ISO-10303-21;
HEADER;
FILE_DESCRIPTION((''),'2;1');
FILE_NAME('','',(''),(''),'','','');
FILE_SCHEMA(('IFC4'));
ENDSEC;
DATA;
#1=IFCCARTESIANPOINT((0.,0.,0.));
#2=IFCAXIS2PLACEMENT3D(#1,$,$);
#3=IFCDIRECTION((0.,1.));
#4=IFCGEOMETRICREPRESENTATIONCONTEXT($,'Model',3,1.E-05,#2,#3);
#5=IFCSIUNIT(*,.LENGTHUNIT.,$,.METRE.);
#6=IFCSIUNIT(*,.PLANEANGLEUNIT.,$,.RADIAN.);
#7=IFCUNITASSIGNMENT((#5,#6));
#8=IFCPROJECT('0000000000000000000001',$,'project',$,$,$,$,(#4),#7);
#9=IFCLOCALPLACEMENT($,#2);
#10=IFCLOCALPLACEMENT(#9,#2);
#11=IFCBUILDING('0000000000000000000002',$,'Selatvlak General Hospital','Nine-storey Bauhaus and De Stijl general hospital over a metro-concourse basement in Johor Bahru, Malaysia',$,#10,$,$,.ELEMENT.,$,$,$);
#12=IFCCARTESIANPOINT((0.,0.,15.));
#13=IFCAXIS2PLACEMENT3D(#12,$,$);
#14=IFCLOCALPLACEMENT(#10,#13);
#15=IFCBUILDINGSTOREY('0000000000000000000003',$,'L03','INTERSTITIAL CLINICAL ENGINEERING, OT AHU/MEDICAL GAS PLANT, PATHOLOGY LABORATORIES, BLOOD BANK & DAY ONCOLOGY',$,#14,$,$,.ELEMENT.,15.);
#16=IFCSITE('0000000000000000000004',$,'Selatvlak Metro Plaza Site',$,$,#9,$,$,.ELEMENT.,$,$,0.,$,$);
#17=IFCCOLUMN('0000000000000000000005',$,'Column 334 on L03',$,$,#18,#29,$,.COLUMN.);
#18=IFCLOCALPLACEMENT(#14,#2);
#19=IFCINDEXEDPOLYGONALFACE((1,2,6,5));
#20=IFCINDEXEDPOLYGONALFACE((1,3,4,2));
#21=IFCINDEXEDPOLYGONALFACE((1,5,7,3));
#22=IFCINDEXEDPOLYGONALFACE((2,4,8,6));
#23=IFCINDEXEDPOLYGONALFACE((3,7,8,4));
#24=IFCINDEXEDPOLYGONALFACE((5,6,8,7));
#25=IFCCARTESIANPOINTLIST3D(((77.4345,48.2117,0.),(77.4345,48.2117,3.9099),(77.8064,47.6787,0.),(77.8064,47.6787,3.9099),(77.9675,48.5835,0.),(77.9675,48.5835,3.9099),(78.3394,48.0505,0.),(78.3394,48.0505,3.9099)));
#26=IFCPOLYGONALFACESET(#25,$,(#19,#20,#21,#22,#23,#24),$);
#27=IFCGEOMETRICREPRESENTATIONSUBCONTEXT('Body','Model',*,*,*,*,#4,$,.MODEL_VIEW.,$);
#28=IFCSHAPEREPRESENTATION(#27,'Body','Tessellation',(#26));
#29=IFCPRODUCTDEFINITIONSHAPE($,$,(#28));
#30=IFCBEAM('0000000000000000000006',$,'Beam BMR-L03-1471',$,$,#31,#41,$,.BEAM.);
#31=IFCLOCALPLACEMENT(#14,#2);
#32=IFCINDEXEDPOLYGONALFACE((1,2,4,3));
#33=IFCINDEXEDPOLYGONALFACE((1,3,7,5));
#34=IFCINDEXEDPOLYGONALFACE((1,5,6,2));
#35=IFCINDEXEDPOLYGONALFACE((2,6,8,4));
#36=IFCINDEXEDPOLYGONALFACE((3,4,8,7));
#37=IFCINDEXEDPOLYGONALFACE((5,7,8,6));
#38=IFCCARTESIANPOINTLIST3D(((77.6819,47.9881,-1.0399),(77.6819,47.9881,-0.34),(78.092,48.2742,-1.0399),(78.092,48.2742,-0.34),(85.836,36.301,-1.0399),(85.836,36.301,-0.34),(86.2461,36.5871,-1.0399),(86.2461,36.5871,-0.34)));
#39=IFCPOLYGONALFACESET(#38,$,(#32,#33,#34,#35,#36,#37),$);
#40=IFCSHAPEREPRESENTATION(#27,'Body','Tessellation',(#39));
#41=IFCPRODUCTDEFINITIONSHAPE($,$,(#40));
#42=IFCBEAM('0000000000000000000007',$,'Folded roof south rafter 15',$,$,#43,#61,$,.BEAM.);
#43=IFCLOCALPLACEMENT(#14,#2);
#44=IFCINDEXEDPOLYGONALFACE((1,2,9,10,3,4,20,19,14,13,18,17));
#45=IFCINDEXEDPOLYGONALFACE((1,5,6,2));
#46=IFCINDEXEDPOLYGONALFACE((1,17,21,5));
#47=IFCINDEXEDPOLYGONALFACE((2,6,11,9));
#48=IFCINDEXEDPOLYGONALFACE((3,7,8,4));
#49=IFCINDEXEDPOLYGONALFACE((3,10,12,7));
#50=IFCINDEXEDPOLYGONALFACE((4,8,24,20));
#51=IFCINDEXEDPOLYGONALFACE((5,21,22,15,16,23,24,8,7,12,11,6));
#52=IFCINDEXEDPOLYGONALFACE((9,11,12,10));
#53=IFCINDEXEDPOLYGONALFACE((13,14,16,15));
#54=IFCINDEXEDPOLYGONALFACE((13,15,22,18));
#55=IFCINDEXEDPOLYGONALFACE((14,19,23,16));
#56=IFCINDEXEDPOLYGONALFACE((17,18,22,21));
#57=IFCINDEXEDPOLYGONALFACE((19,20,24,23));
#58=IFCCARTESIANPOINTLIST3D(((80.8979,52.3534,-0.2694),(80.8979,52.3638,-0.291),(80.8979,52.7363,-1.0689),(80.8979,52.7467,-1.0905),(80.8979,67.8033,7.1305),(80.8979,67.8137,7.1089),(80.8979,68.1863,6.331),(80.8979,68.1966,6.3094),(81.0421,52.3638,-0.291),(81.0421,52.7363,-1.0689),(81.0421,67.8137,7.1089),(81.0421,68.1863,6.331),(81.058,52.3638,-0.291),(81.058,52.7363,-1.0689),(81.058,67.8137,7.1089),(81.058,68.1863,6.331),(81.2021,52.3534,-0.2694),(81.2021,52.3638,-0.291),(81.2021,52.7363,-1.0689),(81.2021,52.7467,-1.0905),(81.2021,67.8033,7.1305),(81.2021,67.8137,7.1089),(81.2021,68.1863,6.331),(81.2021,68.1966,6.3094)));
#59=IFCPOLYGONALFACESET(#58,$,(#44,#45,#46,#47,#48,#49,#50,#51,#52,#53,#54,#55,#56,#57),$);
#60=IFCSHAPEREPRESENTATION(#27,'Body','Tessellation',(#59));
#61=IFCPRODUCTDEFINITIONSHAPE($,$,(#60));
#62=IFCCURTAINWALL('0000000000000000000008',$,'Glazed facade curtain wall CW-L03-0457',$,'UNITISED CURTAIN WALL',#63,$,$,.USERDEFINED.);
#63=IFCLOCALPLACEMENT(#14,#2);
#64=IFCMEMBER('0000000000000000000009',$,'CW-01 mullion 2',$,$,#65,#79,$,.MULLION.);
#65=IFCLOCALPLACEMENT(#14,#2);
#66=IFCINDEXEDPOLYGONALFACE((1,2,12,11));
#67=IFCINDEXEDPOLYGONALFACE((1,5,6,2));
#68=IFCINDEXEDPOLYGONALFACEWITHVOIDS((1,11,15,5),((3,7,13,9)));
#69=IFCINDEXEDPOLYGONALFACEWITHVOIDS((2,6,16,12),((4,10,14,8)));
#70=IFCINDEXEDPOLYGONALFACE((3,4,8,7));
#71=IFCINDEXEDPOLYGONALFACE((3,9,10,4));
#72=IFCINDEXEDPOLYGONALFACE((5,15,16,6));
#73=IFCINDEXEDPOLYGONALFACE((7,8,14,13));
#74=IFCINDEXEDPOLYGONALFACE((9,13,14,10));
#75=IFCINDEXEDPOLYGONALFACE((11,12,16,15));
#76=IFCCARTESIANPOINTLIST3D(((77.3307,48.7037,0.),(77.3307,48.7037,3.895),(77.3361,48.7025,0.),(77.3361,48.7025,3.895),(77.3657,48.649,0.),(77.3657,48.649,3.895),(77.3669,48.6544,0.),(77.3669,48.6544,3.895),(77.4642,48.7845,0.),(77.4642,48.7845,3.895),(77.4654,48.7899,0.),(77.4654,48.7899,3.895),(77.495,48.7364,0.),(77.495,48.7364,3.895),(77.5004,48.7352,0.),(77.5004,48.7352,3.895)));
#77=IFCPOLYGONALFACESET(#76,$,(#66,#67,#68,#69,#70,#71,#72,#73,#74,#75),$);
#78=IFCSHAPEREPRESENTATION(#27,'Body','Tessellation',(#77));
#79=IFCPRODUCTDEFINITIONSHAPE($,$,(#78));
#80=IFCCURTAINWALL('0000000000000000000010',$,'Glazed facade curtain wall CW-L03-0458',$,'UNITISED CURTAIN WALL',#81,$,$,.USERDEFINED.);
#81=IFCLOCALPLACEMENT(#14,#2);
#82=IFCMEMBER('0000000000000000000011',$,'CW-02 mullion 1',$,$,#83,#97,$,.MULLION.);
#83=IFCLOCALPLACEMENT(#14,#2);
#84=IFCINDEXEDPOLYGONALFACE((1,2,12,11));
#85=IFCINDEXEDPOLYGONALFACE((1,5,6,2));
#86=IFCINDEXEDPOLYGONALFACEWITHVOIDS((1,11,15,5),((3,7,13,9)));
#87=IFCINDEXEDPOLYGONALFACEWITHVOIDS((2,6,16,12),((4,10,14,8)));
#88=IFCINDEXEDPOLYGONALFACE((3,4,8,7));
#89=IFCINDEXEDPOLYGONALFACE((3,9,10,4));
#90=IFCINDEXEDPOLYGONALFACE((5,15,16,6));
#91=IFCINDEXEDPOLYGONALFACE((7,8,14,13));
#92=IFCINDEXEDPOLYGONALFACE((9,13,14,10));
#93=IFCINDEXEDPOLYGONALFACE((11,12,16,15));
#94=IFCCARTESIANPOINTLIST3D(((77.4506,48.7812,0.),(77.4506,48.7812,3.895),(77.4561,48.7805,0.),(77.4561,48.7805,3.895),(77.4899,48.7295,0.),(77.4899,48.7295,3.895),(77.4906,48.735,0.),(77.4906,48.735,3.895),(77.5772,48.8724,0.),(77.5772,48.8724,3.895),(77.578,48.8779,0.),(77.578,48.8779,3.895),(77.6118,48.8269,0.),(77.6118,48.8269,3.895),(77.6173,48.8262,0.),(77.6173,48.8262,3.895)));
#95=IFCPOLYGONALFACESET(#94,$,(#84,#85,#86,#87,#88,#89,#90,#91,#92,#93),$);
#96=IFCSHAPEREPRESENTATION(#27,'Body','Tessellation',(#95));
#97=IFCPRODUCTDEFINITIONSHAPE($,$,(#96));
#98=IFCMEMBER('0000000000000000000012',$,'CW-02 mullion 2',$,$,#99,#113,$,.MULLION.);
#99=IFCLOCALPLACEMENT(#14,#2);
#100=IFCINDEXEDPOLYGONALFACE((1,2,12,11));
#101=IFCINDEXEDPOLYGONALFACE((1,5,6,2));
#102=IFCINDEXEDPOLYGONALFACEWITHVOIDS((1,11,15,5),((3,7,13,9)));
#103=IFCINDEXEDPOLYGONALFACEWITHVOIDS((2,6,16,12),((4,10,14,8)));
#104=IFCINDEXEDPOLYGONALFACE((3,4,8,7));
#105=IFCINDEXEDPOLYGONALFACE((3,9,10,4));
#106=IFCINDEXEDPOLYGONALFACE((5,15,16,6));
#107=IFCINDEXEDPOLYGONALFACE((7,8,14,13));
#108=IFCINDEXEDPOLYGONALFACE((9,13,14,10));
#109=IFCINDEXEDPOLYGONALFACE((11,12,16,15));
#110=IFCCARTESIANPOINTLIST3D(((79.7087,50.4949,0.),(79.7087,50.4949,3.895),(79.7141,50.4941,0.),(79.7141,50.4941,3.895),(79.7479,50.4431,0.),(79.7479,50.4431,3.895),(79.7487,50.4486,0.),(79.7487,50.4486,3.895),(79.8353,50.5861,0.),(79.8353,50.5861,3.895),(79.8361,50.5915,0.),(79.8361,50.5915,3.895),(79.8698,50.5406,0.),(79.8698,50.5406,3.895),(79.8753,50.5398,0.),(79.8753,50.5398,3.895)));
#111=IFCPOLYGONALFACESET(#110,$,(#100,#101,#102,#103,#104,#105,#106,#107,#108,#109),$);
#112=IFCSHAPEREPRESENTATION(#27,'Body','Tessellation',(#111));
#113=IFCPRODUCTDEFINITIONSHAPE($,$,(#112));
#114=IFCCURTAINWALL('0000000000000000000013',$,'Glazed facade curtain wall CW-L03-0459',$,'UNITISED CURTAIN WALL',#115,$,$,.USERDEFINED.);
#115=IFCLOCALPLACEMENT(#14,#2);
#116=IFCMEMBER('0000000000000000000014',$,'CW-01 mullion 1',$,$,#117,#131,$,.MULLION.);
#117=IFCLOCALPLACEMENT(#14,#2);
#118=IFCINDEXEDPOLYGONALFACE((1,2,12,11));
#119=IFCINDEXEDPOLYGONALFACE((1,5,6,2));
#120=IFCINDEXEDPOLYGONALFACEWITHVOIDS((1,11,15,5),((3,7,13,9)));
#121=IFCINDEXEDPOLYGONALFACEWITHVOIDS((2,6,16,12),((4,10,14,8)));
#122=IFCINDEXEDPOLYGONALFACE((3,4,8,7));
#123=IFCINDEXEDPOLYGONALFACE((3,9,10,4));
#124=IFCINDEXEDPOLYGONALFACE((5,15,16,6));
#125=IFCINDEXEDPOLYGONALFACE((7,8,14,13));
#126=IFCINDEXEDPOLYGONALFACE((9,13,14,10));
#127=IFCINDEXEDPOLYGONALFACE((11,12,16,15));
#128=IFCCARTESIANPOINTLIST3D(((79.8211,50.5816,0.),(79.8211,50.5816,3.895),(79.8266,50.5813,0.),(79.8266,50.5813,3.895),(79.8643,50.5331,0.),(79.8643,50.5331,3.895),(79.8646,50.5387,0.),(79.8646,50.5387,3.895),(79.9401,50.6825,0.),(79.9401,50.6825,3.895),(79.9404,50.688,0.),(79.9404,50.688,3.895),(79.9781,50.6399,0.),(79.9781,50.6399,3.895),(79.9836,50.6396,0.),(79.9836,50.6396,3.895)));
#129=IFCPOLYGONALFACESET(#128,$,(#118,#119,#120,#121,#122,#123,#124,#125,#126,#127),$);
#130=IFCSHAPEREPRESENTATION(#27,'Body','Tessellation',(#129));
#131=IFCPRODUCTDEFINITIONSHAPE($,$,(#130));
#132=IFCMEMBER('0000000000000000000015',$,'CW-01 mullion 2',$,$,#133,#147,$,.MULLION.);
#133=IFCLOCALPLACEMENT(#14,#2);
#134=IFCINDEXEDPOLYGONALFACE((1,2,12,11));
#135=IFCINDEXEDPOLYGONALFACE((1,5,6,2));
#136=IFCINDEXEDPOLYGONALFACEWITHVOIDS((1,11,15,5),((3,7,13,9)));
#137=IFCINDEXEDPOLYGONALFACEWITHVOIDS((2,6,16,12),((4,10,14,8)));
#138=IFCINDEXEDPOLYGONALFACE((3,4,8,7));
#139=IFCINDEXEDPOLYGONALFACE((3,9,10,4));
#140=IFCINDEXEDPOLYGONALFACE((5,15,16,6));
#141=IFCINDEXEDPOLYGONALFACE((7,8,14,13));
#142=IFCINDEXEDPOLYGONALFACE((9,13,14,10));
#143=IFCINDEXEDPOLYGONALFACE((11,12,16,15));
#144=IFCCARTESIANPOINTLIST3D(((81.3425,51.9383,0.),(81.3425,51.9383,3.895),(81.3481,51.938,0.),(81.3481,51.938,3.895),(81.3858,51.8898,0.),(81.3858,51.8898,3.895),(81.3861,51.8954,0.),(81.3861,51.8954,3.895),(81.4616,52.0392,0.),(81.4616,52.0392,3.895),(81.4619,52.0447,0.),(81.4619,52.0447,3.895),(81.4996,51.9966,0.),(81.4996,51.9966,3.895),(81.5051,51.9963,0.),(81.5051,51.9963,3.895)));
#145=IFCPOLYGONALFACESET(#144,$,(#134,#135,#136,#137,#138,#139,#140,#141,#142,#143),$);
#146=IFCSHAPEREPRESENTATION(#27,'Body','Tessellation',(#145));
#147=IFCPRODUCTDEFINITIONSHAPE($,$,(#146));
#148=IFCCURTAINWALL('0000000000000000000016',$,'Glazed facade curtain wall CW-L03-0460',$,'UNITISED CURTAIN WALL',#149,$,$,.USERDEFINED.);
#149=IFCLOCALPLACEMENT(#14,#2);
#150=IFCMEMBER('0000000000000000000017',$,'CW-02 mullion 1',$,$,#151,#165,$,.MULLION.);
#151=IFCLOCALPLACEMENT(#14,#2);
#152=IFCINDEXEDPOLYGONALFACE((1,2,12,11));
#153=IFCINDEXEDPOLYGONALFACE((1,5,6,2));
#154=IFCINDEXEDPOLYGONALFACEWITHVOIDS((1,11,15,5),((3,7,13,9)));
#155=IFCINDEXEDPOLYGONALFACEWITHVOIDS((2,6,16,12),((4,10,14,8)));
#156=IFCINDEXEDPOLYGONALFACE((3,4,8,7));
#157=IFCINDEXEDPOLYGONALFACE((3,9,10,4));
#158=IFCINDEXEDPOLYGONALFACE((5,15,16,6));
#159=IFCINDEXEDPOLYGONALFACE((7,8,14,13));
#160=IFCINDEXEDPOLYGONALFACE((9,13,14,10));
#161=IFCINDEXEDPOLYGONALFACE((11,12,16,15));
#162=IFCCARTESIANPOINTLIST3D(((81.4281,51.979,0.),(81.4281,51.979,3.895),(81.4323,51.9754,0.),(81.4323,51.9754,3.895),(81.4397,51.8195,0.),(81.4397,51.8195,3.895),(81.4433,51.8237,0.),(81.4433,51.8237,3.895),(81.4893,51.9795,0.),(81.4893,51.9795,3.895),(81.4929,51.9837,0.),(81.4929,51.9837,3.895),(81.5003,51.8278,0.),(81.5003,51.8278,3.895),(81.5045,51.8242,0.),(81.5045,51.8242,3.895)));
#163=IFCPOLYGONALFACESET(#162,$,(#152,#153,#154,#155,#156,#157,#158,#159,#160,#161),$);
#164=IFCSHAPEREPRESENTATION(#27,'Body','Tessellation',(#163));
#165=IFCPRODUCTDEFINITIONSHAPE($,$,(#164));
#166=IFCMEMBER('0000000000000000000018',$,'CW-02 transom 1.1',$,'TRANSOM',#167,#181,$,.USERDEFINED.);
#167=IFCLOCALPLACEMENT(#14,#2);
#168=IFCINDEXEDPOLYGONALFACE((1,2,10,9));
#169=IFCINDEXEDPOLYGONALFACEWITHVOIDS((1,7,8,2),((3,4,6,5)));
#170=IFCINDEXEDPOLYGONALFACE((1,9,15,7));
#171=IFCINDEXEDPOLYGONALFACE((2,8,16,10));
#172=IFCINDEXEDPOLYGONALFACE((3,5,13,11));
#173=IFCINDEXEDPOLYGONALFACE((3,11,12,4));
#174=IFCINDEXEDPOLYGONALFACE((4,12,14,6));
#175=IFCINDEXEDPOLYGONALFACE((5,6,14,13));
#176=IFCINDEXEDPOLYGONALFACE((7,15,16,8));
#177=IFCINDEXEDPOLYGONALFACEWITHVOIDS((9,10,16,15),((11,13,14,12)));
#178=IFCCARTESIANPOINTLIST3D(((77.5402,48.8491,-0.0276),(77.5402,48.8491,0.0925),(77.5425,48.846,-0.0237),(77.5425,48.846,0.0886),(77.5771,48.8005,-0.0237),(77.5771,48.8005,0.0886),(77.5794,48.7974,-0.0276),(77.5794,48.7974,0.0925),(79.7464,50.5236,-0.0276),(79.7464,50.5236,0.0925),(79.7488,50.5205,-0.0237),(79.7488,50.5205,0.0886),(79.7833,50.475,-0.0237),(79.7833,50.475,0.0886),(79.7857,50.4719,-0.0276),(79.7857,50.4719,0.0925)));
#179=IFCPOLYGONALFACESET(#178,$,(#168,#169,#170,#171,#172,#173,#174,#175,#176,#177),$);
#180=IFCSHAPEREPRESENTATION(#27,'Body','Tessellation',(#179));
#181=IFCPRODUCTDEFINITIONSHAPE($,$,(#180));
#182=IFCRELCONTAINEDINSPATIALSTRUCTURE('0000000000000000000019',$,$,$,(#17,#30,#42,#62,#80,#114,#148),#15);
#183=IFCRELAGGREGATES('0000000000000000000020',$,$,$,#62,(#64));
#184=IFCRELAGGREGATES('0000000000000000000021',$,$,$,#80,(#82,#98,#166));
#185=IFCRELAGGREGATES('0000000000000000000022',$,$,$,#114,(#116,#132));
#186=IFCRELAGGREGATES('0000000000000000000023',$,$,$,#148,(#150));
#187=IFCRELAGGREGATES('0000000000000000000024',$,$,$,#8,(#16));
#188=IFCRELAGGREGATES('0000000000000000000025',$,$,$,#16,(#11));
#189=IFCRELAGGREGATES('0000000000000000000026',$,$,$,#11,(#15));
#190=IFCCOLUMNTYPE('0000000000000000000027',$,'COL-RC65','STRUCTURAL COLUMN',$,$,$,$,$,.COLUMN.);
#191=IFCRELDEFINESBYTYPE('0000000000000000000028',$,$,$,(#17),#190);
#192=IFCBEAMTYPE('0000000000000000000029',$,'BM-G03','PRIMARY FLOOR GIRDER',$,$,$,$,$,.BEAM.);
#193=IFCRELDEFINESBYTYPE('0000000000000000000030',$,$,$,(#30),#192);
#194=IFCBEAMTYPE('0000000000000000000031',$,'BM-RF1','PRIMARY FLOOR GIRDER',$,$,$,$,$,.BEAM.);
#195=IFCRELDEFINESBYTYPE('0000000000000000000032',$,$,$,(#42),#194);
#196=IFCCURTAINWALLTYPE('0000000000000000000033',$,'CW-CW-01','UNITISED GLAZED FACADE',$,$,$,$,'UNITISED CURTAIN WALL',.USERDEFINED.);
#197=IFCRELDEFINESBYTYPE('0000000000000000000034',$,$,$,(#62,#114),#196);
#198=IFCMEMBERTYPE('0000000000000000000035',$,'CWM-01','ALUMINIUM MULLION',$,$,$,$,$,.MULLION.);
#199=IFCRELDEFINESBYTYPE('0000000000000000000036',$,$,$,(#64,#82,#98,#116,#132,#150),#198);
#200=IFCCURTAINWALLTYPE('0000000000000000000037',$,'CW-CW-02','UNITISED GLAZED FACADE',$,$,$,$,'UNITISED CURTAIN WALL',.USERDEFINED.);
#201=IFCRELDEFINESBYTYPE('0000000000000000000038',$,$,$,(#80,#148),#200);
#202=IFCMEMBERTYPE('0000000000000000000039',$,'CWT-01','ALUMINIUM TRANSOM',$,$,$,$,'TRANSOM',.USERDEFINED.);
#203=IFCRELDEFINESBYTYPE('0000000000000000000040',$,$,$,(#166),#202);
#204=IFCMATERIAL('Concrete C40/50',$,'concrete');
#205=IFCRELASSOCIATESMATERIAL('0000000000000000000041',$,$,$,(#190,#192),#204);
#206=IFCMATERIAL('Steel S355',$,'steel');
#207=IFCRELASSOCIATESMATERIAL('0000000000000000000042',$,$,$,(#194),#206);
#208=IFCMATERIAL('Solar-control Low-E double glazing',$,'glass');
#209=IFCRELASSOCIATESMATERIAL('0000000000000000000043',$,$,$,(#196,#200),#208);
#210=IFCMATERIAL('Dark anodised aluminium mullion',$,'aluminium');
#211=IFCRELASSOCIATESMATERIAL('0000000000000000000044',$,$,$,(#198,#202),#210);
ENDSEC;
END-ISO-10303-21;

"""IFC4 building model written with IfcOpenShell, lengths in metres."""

from ifc_helpers import new_model, si_unit, direction, frame, origin, origin_2d, place, context, subcontext, project, spatial, rectangle, hollow_rectangle, i_section, extrude, material, material_profile, profile_set, type_object, element, aggregate, save


model = new_model("IFC4")

# Units and contexts
model_context = context("Model", 3, precision=1e-05, world=origin(), true_north=direction((0.0, 1.0)))
body_context = subcontext(model_context, "Body", "Model", "MODEL_VIEW")
ifc_project = project(units=[si_unit("LENGTHUNIT", "METRE"), si_unit("PLANEANGLEUNIT", "RADIAN")], contexts=[model_context])

# Site, building, storey
site_placement = place(None, origin())
site = spatial("IfcSite", under=ifc_project, at=site_placement, Name="Selatvlak Metro Plaza Site", CompositionType="ELEMENT", RefElevation=0.0)
building_placement = place(site_placement, origin())
building = spatial("IfcBuilding", under=site, at=building_placement, Name="Selatvlak General Hospital", Description="Nine-storey Bauhaus and De Stijl general hospital over a metro-concourse basement in Johor Bahru, Malaysia", CompositionType="ELEMENT")
storey_placement = place(building_placement, frame((0.0, 0.0, 15.0)))
storey = spatial("IfcBuildingStorey", under=building, at=storey_placement, Name="L03", Description="INTERSTITIAL CLINICAL ENGINEERING, OT AHU/MEDICAL GAS PLANT, PATHOLOGY LABORATORIES, BLOOD BANK & DAY ONCOLOGY", CompositionType="ELEMENT", Elevation=15.0)

# Column
ifc_material_1 = material(Name="Concrete C40/50", Category="concrete")
ifc_material_profile_1 = material_profile(ifc_material_1, rectangle(XDim=0.6499, YDim=0.6499, at=origin_2d()), Name="RC-COL 650x650")
ifc_profile_set_1 = profile_set([ifc_material_profile_1], Name="Concrete C40/50")
column_type = type_object("IfcColumnType", Name="COL-RC65", Description="STRUCTURAL COLUMN", PredefinedType="COLUMN", material=ifc_profile_set_1)
column_placement = place(storey_placement, frame((77.887, 48.1311, 0.0), z_axis=(0.0, 0.0, 1.0), x_axis=(-0.572189, 0.820122, 0.0)))
element("IfcColumn", 1, at=column_placement, inside=storey, type_object=column_type, Name="Column 334 on L03", PredefinedType="COLUMN", context=body_context, shape_type="SweptSolid", body=[
    extrude(rectangle(XDim=0.6499, YDim=0.6499, at=origin_2d()), origin(), (0.0, 0.0, 1.0), 3.9099),
])

# Beams
ifc_material_profile_2 = material_profile(ifc_material_1, rectangle(XDim=0.5, YDim=0.7, at=origin_2d()), Name="RC-BM 500x700")
ifc_profile_set_2 = profile_set([ifc_material_profile_2], Name="Concrete C40/50")
beam_type_1 = type_object("IfcBeamType", Name="BM-G03", Description="PRIMARY FLOOR GIRDER", PredefinedType="BEAM", material=ifc_profile_set_2)
beam_1_placement = place(storey_placement, frame((77.887, 48.1311, -0.6899), z_axis=(0.572197, -0.820116, 0.0), x_axis=(0.820116, 0.572197, 0.0)))
element("IfcBeam", 2, at=beam_1_placement, inside=storey, type_object=beam_type_1, Name="Beam BMR-L03-1471", PredefinedType="BEAM", context=body_context, shape_type="SweptSolid", body=[
    extrude(rectangle(XDim=0.5, YDim=0.7, at=origin_2d()), origin(), (0.0, 0.0, 1.0), 14.2505),
])
ifc_material_2 = material(Name="Steel S355", Category="steel")
ifc_material_profile_3 = material_profile(ifc_material_2, i_section(OverallWidth=0.3042, OverallDepth=0.9104, WebThickness=0.0159, FlangeThickness=0.0239, at=origin_2d()), Name="UB 914x305x224")
ifc_profile_set_3 = profile_set([ifc_material_profile_3], Name="Steel S355")
beam_type_2 = type_object("IfcBeamType", Name="BM-RF1", Description="PRIMARY FLOOR GIRDER", PredefinedType="BEAM", material=ifc_profile_set_3)
beam_2_placement = place(storey_placement, frame((81.05, 52.55, -0.6799), z_axis=(0.0, 0.901889, 0.431968), x_axis=(-1.0, 0.0, 0.0)))
element("IfcBeam", 3, at=beam_2_placement, inside=storey, type_object=beam_type_2, Name="Folded roof south rafter 15", PredefinedType="BEAM", context=body_context, shape_type="SweptSolid", body=[
    extrude(i_section(OverallWidth=0.3042, OverallDepth=0.9104, WebThickness=0.0159, FlangeThickness=0.0239, at=origin_2d()), origin(), (0.0, 0.0, 1.0), 17.1306),
])

# Curtain wall, member
ifc_material_3 = material(Name="Solar-control Low-E double glazing", Category="glass")
curtain_wall_type_1 = type_object("IfcCurtainWallType", Name="CW-CW-01", Description="UNITISED GLAZED FACADE", ElementType="UNITISED CURTAIN WALL", PredefinedType="USERDEFINED", material=ifc_material_3)
curtain_wall_1_placement = place(storey_placement, origin())
curtain_wall_1 = element("IfcCurtainWall", 4, at=curtain_wall_1_placement, inside=storey, type_object=curtain_wall_type_1, Name="Glazed facade curtain wall CW-L03-0457", ObjectType="UNITISED CURTAIN WALL", PredefinedType="USERDEFINED")
ifc_material_4 = material(Name="Dark anodised aluminium mullion", Category="aluminium")
ifc_material_profile_4 = material_profile(ifc_material_4, hollow_rectangle(XDim=0.0649, YDim=0.1599, WallThickness=0.0039, at=origin_2d()), Name="AL-MUL 65x160x4")
ifc_profile_set_4 = profile_set([ifc_material_profile_4], Name="Dark anodised aluminium mullion")
member_type_1 = type_object("IfcMemberType", Name="CWM-01", Description="ALUMINIUM MULLION", PredefinedType="MULLION", material=ifc_profile_set_4)
member_1_placement = place(storey_placement, frame((77.4155, 48.7195, 0.0), z_axis=(0.0, 0.0, 1.0), x_axis=(-0.539171, 0.842196, 0.0)))
member_1 = element("IfcMember", 5, at=member_1_placement, type_object=member_type_1, Name="CW-01 mullion 2", PredefinedType="MULLION", context=body_context, shape_type="SweptSolid", body=[
    extrude(hollow_rectangle(XDim=0.0649, YDim=0.1599, WallThickness=0.0039, at=origin_2d()), origin(), (0.0, 0.0, 1.0), 3.895),
])
aggregate(curtain_wall_1, [member_1])

# Curtain walls, members
curtain_wall_type_2 = type_object("IfcCurtainWallType", Name="CW-CW-02", Description="UNITISED GLAZED FACADE", ElementType="UNITISED CURTAIN WALL", PredefinedType="USERDEFINED", material=ifc_material_3)
curtain_wall_2_placement = place(storey_placement, origin())
curtain_wall_2 = element("IfcCurtainWall", 6, at=curtain_wall_2_placement, inside=storey, type_object=curtain_wall_type_2, Name="Glazed facade curtain wall CW-L03-0458", ObjectType="UNITISED CURTAIN WALL", PredefinedType="USERDEFINED")
member_2_placement = place(storey_placement, frame((77.5339, 48.8037, 0.0), z_axis=(0.0, 0.0, 1.0), x_axis=(-0.604515, 0.796594, 0.0)))
member_2 = element("IfcMember", 7, at=member_2_placement, type_object=member_type_1, Name="CW-02 mullion 1", PredefinedType="MULLION", context=body_context, shape_type="SweptSolid", body=[
    extrude(hollow_rectangle(XDim=0.0649, YDim=0.1599, WallThickness=0.0039, at=origin_2d()), origin(), (0.0, 0.0, 1.0), 3.895),
])
member_3_placement = place(storey_placement, frame((79.792, 50.5173, 0.0), z_axis=(0.0, 0.0, 1.0), x_axis=(-0.604515, 0.796594, 0.0)))
member_3 = element("IfcMember", 8, at=member_3_placement, type_object=member_type_1, Name="CW-02 mullion 2", PredefinedType="MULLION", context=body_context, shape_type="SweptSolid", body=[
    extrude(hollow_rectangle(XDim=0.0649, YDim=0.1599, WallThickness=0.0039, at=origin_2d()), origin(), (0.0, 0.0, 1.0), 3.895),
])
curtain_wall_3_placement = place(storey_placement, origin())
curtain_wall_3 = element("IfcCurtainWall", 9, at=curtain_wall_3_placement, inside=storey, type_object=curtain_wall_type_1, Name="Glazed facade curtain wall CW-L03-0459", ObjectType="UNITISED CURTAIN WALL", PredefinedType="USERDEFINED")
member_4_placement = place(storey_placement, frame((79.9023, 50.6106, 0.0), z_axis=(0.0, 0.0, 1.0), x_axis=(-0.665543, 0.746359, 0.0)))
member_4 = element("IfcMember", 10, at=member_4_placement, type_object=member_type_1, Name="CW-01 mullion 1", PredefinedType="MULLION", context=body_context, shape_type="SweptSolid", body=[
    extrude(hollow_rectangle(XDim=0.0649, YDim=0.1599, WallThickness=0.0039, at=origin_2d()), origin(), (0.0, 0.0, 1.0), 3.895),
])
member_5_placement = place(storey_placement, frame((81.4238, 51.9673, 0.0), z_axis=(0.0, 0.0, 1.0), x_axis=(-0.665543, 0.746359, 0.0)))
member_5 = element("IfcMember", 11, at=member_5_placement, type_object=member_type_1, Name="CW-01 mullion 2", PredefinedType="MULLION", context=body_context, shape_type="SweptSolid", body=[
    extrude(hollow_rectangle(XDim=0.0649, YDim=0.1599, WallThickness=0.0039, at=origin_2d()), origin(), (0.0, 0.0, 1.0), 3.895),
])

# Curtain wall, member
curtain_wall_4_placement = place(storey_placement, origin())
curtain_wall_4 = element("IfcCurtainWall", 12, at=curtain_wall_4_placement, inside=storey, type_object=curtain_wall_type_2, Name="Glazed facade curtain wall CW-L03-0460", ObjectType="UNITISED CURTAIN WALL", PredefinedType="USERDEFINED")
member_6_placement = place(storey_placement, frame((81.4663, 51.9016, 0.0), z_axis=(0.0, 0.0, 1.0), x_axis=(0.997374, 0.072429, 0.0)))
member_6 = element("IfcMember", 13, at=member_6_placement, type_object=member_type_1, Name="CW-02 mullion 1", PredefinedType="MULLION", context=body_context, shape_type="SweptSolid", body=[
    extrude(hollow_rectangle(XDim=0.0649, YDim=0.1599, WallThickness=0.0039, at=origin_2d()), origin(), (0.0, 0.0, 1.0), 3.895),
])

# Member
ifc_material_profile_5 = material_profile(ifc_material_4, hollow_rectangle(XDim=0.0649, YDim=0.1201, WallThickness=0.0039, at=origin_2d()), Name="AL-TRN 65x120x4")
ifc_profile_set_5 = profile_set([ifc_material_profile_5], Name="Dark anodised aluminium mullion")
member_type_2 = type_object("IfcMemberType", Name="CWT-01", Description="ALUMINIUM TRANSOM", ElementType="TRANSOM", PredefinedType="USERDEFINED", material=ifc_profile_set_5)
member_7_placement = place(storey_placement, frame((77.5598, 48.8232, 0.0325), z_axis=(0.796549, 0.604574, 0.0), x_axis=(-0.604574, 0.796549, 0.0)))
member_7 = element("IfcMember", 14, at=member_7_placement, type_object=member_type_2, Name="CW-02 transom 1.1", ObjectType="TRANSOM", PredefinedType="USERDEFINED", context=body_context, shape_type="SweptSolid", body=[
    extrude(hollow_rectangle(XDim=0.0649, YDim=0.1201, WallThickness=0.0039, at=origin_2d()), origin(), (0.0, 0.0, 1.0), 2.7698),
])

aggregate(curtain_wall_2, [member_2, member_3, member_7])
aggregate(curtain_wall_3, [member_4, member_5])
aggregate(curtain_wall_4, [member_6])

save(model, "model.ifc")
